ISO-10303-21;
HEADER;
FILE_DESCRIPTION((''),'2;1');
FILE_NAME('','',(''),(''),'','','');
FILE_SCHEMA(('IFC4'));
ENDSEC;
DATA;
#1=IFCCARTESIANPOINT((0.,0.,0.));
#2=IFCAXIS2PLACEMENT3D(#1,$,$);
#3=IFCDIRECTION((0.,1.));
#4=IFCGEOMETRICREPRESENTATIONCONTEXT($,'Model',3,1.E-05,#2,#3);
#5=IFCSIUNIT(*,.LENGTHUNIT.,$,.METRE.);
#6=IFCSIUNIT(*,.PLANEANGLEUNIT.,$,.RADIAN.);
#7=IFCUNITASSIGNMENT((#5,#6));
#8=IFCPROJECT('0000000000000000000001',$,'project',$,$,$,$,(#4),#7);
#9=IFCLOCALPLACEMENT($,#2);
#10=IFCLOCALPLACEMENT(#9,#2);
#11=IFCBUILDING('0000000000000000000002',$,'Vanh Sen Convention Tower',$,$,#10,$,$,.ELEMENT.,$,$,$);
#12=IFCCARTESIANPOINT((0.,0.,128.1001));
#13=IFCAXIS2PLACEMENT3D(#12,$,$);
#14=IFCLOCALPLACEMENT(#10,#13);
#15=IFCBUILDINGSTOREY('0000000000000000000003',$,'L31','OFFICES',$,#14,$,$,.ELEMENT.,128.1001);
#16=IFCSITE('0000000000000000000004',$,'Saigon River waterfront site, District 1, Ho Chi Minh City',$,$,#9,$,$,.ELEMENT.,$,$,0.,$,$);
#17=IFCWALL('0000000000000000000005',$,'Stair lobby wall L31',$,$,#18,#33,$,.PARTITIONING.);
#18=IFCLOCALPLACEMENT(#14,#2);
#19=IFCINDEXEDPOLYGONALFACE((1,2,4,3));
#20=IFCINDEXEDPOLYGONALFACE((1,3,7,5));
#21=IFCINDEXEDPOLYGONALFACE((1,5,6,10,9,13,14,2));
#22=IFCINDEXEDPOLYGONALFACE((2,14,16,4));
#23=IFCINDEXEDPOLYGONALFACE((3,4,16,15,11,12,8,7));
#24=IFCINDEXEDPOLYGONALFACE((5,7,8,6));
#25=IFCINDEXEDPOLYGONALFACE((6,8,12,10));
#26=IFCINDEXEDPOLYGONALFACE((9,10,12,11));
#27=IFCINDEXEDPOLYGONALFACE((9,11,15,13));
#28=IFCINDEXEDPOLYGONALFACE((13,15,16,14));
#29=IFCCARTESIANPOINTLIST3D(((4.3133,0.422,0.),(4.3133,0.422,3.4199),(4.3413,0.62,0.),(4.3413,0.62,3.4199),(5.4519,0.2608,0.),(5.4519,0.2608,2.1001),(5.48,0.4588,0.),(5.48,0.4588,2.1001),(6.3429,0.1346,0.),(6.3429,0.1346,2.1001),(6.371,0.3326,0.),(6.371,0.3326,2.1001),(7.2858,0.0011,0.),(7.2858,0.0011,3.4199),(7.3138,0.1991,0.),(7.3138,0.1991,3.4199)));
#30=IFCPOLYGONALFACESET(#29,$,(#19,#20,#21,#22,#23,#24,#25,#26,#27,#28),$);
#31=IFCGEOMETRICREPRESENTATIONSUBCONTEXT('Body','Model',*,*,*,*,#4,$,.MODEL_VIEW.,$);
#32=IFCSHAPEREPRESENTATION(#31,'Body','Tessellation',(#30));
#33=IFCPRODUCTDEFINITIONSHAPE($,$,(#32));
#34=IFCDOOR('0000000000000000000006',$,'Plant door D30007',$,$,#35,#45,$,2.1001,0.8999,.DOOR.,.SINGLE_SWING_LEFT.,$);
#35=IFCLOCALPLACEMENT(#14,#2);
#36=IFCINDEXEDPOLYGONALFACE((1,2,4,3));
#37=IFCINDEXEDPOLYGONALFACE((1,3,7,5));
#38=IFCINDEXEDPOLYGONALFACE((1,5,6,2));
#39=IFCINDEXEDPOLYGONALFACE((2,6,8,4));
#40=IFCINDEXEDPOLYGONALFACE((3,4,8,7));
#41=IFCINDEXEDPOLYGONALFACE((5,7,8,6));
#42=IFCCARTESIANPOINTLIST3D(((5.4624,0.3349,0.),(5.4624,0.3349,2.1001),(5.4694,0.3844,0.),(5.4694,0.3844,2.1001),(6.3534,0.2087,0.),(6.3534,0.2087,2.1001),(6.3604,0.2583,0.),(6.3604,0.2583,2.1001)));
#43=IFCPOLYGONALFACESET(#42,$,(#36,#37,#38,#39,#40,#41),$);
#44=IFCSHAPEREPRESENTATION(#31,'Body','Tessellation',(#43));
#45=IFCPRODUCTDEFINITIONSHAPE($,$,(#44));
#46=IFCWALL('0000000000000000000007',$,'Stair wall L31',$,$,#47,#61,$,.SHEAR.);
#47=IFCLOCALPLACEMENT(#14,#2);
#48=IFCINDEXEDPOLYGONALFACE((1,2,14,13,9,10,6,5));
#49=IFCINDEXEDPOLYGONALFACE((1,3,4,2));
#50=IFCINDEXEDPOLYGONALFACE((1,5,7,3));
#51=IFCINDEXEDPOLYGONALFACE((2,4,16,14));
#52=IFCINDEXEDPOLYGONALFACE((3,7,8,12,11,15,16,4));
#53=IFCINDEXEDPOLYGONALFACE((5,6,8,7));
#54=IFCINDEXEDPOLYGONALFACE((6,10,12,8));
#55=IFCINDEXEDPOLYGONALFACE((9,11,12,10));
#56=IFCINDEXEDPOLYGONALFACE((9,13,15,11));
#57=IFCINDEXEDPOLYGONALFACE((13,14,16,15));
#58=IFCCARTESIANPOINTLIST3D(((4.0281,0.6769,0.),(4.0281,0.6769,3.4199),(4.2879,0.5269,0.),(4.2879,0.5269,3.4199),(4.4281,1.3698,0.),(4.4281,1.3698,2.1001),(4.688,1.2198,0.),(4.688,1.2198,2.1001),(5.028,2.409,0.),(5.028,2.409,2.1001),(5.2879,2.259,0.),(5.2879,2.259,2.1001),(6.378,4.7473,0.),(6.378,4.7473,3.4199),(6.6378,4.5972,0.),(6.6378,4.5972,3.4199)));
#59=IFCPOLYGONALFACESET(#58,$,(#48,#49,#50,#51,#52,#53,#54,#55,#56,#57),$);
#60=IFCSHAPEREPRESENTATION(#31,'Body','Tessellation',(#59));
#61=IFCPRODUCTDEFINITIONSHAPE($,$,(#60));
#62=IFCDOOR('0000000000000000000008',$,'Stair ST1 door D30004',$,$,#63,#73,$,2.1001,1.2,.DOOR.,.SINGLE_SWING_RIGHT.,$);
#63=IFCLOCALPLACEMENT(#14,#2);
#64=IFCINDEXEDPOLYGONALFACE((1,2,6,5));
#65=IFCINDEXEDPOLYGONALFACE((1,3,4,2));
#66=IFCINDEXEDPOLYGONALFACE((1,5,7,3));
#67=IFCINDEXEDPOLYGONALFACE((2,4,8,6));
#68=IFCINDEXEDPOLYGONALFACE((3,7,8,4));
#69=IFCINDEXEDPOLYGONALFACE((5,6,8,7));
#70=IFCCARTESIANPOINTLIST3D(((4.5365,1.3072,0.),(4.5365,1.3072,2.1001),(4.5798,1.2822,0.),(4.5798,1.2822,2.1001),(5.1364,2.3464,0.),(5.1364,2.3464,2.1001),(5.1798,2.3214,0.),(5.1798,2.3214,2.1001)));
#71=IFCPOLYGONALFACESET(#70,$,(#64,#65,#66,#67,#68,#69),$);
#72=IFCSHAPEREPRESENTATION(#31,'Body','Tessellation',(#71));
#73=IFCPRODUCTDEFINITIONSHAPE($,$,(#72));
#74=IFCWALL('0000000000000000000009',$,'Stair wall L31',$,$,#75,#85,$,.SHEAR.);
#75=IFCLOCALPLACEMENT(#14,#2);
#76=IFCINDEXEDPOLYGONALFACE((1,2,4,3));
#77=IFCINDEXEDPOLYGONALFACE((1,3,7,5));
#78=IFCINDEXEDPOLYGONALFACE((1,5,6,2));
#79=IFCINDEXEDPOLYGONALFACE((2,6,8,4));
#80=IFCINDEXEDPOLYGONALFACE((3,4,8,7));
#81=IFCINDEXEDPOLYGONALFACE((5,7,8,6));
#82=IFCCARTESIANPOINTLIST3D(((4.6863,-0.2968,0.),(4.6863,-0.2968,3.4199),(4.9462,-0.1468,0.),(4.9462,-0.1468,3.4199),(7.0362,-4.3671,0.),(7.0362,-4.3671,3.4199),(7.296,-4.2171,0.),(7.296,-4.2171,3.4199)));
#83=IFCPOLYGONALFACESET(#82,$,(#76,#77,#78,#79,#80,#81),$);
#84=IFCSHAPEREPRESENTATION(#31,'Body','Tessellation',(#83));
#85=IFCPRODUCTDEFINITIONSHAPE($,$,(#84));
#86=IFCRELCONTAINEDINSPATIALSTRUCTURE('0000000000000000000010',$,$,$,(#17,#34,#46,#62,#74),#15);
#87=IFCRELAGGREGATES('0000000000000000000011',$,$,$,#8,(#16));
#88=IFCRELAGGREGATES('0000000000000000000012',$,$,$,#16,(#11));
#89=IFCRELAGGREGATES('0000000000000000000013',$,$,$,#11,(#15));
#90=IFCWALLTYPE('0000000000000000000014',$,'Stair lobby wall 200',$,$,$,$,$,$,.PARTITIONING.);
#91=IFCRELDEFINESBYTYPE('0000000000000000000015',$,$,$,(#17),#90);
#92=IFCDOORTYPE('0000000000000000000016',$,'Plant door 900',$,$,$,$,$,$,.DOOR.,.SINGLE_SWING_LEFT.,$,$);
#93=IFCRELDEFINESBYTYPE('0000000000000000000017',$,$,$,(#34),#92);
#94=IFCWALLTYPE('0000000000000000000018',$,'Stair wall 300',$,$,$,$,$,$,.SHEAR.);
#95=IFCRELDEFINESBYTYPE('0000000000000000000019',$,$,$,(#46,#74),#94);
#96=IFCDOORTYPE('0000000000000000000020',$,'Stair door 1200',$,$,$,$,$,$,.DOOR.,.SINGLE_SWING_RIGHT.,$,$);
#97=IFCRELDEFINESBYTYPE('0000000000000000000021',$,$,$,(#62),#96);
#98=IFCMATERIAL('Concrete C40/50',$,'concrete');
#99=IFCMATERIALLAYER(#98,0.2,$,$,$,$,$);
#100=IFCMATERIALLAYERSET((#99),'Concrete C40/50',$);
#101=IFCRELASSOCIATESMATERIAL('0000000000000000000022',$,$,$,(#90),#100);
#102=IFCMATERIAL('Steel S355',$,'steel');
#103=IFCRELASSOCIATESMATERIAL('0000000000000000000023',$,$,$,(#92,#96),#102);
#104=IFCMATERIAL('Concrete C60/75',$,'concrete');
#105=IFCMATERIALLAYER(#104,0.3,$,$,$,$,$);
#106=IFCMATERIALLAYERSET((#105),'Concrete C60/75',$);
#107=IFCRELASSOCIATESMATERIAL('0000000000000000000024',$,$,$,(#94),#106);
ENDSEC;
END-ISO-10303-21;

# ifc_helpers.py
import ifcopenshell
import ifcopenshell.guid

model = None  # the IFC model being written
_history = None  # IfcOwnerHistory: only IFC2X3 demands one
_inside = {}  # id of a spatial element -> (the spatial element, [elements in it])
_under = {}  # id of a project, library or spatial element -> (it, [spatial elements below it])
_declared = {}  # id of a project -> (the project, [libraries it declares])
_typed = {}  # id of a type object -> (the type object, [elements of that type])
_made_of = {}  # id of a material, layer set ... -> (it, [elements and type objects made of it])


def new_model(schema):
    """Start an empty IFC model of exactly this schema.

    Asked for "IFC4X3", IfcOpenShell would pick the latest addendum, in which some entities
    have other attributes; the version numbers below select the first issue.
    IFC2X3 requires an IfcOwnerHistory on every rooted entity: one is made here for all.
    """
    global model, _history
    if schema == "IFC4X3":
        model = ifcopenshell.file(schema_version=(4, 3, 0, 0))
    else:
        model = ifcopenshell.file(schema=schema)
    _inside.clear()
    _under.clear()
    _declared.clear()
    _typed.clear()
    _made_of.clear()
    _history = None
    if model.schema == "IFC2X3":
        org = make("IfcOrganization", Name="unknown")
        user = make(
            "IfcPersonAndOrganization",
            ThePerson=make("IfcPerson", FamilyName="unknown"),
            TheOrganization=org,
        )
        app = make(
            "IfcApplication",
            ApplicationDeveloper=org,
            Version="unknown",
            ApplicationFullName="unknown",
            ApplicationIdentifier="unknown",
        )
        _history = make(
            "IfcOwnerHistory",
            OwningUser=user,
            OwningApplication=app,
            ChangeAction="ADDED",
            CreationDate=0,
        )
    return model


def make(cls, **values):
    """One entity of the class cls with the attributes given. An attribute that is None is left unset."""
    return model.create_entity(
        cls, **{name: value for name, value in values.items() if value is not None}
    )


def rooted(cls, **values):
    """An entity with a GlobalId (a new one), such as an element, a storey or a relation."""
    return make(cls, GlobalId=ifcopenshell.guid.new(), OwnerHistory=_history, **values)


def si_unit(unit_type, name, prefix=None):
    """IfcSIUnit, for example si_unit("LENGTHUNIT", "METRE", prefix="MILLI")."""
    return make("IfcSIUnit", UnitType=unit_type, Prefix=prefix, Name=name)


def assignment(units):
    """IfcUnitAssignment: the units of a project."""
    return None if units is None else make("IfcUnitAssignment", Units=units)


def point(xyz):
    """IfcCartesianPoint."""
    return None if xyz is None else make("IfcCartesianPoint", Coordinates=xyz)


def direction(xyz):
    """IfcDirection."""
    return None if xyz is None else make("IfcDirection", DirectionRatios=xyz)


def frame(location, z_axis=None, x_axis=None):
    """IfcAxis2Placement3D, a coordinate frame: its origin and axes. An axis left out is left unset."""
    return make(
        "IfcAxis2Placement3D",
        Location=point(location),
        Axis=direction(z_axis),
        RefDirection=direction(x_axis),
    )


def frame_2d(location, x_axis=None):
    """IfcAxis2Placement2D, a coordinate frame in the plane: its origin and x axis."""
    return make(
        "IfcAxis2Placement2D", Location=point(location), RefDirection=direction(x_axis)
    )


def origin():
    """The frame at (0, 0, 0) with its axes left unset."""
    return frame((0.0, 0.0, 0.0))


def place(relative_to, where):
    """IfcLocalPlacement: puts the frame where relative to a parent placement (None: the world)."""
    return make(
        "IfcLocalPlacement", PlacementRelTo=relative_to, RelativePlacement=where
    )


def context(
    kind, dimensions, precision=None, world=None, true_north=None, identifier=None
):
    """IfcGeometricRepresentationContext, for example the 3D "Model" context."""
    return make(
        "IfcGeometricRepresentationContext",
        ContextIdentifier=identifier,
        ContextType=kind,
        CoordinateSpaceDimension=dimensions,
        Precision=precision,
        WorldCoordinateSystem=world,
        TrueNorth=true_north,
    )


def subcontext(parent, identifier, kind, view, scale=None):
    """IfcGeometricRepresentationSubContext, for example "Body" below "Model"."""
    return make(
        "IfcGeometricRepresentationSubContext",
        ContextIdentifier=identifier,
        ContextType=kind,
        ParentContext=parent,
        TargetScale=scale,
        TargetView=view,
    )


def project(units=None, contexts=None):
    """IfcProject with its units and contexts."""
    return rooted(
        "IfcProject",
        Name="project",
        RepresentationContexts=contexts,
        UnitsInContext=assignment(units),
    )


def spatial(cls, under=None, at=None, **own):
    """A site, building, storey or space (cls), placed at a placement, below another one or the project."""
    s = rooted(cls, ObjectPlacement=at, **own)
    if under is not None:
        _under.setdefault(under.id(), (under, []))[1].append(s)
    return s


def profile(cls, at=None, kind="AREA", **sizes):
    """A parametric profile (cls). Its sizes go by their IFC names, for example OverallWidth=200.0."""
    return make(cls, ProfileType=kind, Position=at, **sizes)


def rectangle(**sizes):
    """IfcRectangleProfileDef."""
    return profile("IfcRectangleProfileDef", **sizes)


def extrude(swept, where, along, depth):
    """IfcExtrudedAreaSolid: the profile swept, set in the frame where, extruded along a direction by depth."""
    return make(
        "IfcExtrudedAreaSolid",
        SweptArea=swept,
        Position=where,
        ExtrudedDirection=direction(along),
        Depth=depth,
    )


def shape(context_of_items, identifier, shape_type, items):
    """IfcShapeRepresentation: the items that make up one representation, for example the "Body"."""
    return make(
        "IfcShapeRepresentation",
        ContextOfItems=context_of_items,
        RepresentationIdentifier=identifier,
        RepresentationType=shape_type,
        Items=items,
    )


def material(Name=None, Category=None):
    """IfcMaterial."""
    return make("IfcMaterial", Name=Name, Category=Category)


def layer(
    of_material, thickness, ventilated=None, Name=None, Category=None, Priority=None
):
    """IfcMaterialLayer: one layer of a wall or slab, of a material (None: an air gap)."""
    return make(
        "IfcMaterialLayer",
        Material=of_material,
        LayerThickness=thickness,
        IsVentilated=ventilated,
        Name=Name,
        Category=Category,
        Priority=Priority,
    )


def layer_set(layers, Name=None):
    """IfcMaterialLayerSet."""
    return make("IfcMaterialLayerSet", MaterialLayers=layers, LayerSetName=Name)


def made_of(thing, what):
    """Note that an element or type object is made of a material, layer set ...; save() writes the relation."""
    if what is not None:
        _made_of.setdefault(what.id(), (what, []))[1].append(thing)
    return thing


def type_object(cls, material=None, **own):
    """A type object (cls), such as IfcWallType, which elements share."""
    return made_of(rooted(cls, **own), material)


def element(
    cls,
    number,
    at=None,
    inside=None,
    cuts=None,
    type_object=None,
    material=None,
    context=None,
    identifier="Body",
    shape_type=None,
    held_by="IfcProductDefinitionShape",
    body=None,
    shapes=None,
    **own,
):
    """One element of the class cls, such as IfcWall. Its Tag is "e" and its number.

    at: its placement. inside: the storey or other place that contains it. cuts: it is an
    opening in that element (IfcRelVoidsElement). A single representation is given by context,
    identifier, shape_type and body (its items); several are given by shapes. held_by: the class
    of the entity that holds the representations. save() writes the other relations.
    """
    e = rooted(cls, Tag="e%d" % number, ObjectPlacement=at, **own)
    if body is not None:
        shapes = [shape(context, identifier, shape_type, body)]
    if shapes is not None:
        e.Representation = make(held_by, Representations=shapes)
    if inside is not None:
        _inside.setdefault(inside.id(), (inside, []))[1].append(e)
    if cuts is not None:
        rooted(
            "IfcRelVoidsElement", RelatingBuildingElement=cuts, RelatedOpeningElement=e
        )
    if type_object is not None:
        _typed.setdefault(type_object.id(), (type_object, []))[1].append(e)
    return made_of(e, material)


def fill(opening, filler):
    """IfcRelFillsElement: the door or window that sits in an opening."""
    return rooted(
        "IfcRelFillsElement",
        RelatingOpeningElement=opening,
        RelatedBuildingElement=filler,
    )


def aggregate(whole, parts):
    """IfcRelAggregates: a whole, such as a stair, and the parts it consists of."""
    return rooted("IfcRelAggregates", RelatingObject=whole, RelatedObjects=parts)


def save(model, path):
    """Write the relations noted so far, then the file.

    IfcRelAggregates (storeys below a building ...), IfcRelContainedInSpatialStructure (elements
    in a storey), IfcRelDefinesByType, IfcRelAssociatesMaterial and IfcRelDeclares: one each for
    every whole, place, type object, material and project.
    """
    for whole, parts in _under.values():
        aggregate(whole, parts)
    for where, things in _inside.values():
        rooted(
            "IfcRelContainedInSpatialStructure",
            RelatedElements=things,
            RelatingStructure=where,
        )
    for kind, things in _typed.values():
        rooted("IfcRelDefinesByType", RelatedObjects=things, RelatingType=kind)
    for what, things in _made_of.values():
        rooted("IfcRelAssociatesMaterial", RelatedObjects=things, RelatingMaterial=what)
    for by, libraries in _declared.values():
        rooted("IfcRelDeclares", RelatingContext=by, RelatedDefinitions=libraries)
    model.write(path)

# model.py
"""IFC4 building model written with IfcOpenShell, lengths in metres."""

from ifc_helpers import new_model, si_unit, direction, frame, frame_2d, origin, place, context, subcontext, project, spatial, rectangle, extrude, material, layer, layer_set, type_object, element, fill, save


model = new_model("IFC4")

# Units and contexts
model_context = context("Model", 3, precision=1e-05, world=origin(), true_north=direction((0.0, 1.0)))
body_context = subcontext(model_context, "Body", "Model", "MODEL_VIEW")
ifc_project = project(units=[si_unit("LENGTHUNIT", "METRE"), si_unit("PLANEANGLEUNIT", "RADIAN")], contexts=[model_context])

# Site, building, storey
site_placement = place(None, origin())
site = spatial("IfcSite", under=ifc_project, at=site_placement, Name="Saigon River waterfront site, District 1, Ho Chi Minh City", CompositionType="ELEMENT", RefElevation=0.0)
building_placement = place(site_placement, origin())
building = spatial("IfcBuilding", under=site, at=building_placement, Name="Vanh Sen Convention Tower", CompositionType="ELEMENT")
storey_placement = place(building_placement, frame((0.0, 0.0, 128.1001)))
storey = spatial("IfcBuildingStorey", under=building, at=storey_placement, Name="L31", Description="OFFICES", CompositionType="ELEMENT", Elevation=128.1001)

# Shared definitions
ifc_material_1 = material(Name="Steel S355", Category="steel")

# Shared definitions
ifc_material_2 = material(Name="Concrete C40/50", Category="concrete")

# Walls, openings, doors
ifc_layer_1 = layer(ifc_material_2, 0.2)
ifc_layer_set_1 = layer_set([ifc_layer_1], Name="Concrete C40/50")
wall_type_1 = type_object("IfcWallType", Name="Stair lobby wall 200", PredefinedType="PARTITIONING", material=ifc_layer_set_1)
wall_1_placement = place(storey_placement, frame((4.3274, 0.521, 0.0), z_axis=(0.0, 0.0, 1.0), x_axis=(0.990124, -0.140192, 0.0)))
wall_1 = element("IfcWall", 1, at=wall_1_placement, inside=storey, type_object=wall_type_1, Name="Stair lobby wall L31", PredefinedType="PARTITIONING", context=body_context, shape_type="SweptSolid", body=[
    extrude(rectangle(XDim=3.0022, YDim=0.2, at=frame_2d((1.501, 0.0))), origin(), (0.0, 0.0, 1.0), 3.4199),
])
opening_1_placement = place(wall_1_placement, frame((1.1499, 0.0, 0.0)))
opening_1 = element("IfcOpeningElement", 2, at=opening_1_placement, cuts=wall_1, PredefinedType="OPENING", context=body_context, shape_type="SweptSolid", body=[
    extrude(rectangle(XDim=0.8999, YDim=2.1001, at=frame_2d((0.45, 1.05))), frame((0.0, 0.1099, 0.0), z_axis=(0.0, -1.0, 0.0), x_axis=(1.0, 0.0, 0.0)), (0.0, 0.0, 1.0), 0.22),
])
door_type_1 = type_object("IfcDoorType", Name="Plant door 900", OperationType="SINGLE_SWING_LEFT", PredefinedType="DOOR", material=ifc_material_1)
door_1_placement = place(opening_1_placement, origin())
door_1 = element("IfcDoor", 3, at=door_1_placement, inside=storey, type_object=door_type_1, Name="Plant door D30007", OperationType="SINGLE_SWING_LEFT", OverallHeight=2.1001, OverallWidth=0.8999, PredefinedType="DOOR", context=body_context, shape_type="SweptSolid", body=[
    extrude(rectangle(XDim=0.8999, YDim=2.1001, at=frame_2d((0.45, 1.05))), frame((0.0, 0.0249, 0.0), z_axis=(0.0, -1.0, 0.0), x_axis=(1.0, 0.0, 0.0)), (0.0, 0.0, 1.0), 0.05),
])
fill(opening_1, door_1)
ifc_material_3 = material(Name="Concrete C60/75", Category="concrete")
ifc_layer_2 = layer(ifc_material_3, 0.3)
ifc_layer_set_2 = layer_set([ifc_layer_2], Name="Concrete C60/75")
wall_type_2 = type_object("IfcWallType", Name="Stair wall 300", PredefinedType="SHEAR", material=ifc_layer_set_2)
wall_2_placement = place(storey_placement, frame((4.158, 0.6018, 0.0), z_axis=(0.0, 0.0, 1.0), x_axis=(0.499977, 0.866039, 0.0)))
wall_2 = element("IfcWall", 4, at=wall_2_placement, inside=storey, type_object=wall_type_2, Name="Stair wall L31", PredefinedType="SHEAR", context=body_context, shape_type="SweptSolid", body=[
    extrude(rectangle(XDim=4.7, YDim=0.3, at=frame_2d((2.3501, 0.0))), origin(), (0.0, 0.0, 1.0), 3.4199),
])
opening_2_placement = place(wall_2_placement, frame((0.8, 0.0, 0.0)))
opening_2 = element("IfcOpeningElement", 5, at=opening_2_placement, cuts=wall_2, PredefinedType="OPENING", context=body_context, shape_type="SweptSolid", body=[
    extrude(rectangle(XDim=1.2, YDim=2.1001, at=frame_2d((0.6001, 1.05))), frame((0.0, 0.1599, 0.0), z_axis=(0.0, -1.0, 0.0), x_axis=(1.0, 0.0, 0.0)), (0.0, 0.0, 1.0), 0.3201),
])
door_type_2 = type_object("IfcDoorType", Name="Stair door 1200", OperationType="SINGLE_SWING_RIGHT", PredefinedType="DOOR", material=ifc_material_1)
door_2_placement = place(opening_2_placement, origin())
door_2 = element("IfcDoor", 6, at=door_2_placement, inside=storey, type_object=door_type_2, Name="Stair ST1 door D30004", OperationType="SINGLE_SWING_RIGHT", OverallHeight=2.1001, OverallWidth=1.2, PredefinedType="DOOR", context=body_context, shape_type="SweptSolid", body=[
    extrude(rectangle(XDim=1.2, YDim=2.1001, at=frame_2d((0.6001, 1.05))), frame((0.0, 0.0249, 0.0), z_axis=(0.0, -1.0, 0.0), x_axis=(1.0, 0.0, 0.0)), (0.0, 0.0, 1.0), 0.05),
])
fill(opening_2, door_2)

# Wall
wall_3_placement = place(storey_placement, frame((4.8162, -0.2217, 0.0), z_axis=(0.0, 0.0, 1.0), x_axis=(0.499977, -0.866039, 0.0)))
element("IfcWall", 7, at=wall_3_placement, inside=storey, type_object=wall_type_2, Name="Stair wall L31", PredefinedType="SHEAR", context=body_context, shape_type="SweptSolid", body=[
    extrude(rectangle(XDim=4.7, YDim=0.3, at=frame_2d((2.3501, 0.0))), origin(), (0.0, 0.0, 1.0), 3.4199),
])

save(model, "model.ifc")
